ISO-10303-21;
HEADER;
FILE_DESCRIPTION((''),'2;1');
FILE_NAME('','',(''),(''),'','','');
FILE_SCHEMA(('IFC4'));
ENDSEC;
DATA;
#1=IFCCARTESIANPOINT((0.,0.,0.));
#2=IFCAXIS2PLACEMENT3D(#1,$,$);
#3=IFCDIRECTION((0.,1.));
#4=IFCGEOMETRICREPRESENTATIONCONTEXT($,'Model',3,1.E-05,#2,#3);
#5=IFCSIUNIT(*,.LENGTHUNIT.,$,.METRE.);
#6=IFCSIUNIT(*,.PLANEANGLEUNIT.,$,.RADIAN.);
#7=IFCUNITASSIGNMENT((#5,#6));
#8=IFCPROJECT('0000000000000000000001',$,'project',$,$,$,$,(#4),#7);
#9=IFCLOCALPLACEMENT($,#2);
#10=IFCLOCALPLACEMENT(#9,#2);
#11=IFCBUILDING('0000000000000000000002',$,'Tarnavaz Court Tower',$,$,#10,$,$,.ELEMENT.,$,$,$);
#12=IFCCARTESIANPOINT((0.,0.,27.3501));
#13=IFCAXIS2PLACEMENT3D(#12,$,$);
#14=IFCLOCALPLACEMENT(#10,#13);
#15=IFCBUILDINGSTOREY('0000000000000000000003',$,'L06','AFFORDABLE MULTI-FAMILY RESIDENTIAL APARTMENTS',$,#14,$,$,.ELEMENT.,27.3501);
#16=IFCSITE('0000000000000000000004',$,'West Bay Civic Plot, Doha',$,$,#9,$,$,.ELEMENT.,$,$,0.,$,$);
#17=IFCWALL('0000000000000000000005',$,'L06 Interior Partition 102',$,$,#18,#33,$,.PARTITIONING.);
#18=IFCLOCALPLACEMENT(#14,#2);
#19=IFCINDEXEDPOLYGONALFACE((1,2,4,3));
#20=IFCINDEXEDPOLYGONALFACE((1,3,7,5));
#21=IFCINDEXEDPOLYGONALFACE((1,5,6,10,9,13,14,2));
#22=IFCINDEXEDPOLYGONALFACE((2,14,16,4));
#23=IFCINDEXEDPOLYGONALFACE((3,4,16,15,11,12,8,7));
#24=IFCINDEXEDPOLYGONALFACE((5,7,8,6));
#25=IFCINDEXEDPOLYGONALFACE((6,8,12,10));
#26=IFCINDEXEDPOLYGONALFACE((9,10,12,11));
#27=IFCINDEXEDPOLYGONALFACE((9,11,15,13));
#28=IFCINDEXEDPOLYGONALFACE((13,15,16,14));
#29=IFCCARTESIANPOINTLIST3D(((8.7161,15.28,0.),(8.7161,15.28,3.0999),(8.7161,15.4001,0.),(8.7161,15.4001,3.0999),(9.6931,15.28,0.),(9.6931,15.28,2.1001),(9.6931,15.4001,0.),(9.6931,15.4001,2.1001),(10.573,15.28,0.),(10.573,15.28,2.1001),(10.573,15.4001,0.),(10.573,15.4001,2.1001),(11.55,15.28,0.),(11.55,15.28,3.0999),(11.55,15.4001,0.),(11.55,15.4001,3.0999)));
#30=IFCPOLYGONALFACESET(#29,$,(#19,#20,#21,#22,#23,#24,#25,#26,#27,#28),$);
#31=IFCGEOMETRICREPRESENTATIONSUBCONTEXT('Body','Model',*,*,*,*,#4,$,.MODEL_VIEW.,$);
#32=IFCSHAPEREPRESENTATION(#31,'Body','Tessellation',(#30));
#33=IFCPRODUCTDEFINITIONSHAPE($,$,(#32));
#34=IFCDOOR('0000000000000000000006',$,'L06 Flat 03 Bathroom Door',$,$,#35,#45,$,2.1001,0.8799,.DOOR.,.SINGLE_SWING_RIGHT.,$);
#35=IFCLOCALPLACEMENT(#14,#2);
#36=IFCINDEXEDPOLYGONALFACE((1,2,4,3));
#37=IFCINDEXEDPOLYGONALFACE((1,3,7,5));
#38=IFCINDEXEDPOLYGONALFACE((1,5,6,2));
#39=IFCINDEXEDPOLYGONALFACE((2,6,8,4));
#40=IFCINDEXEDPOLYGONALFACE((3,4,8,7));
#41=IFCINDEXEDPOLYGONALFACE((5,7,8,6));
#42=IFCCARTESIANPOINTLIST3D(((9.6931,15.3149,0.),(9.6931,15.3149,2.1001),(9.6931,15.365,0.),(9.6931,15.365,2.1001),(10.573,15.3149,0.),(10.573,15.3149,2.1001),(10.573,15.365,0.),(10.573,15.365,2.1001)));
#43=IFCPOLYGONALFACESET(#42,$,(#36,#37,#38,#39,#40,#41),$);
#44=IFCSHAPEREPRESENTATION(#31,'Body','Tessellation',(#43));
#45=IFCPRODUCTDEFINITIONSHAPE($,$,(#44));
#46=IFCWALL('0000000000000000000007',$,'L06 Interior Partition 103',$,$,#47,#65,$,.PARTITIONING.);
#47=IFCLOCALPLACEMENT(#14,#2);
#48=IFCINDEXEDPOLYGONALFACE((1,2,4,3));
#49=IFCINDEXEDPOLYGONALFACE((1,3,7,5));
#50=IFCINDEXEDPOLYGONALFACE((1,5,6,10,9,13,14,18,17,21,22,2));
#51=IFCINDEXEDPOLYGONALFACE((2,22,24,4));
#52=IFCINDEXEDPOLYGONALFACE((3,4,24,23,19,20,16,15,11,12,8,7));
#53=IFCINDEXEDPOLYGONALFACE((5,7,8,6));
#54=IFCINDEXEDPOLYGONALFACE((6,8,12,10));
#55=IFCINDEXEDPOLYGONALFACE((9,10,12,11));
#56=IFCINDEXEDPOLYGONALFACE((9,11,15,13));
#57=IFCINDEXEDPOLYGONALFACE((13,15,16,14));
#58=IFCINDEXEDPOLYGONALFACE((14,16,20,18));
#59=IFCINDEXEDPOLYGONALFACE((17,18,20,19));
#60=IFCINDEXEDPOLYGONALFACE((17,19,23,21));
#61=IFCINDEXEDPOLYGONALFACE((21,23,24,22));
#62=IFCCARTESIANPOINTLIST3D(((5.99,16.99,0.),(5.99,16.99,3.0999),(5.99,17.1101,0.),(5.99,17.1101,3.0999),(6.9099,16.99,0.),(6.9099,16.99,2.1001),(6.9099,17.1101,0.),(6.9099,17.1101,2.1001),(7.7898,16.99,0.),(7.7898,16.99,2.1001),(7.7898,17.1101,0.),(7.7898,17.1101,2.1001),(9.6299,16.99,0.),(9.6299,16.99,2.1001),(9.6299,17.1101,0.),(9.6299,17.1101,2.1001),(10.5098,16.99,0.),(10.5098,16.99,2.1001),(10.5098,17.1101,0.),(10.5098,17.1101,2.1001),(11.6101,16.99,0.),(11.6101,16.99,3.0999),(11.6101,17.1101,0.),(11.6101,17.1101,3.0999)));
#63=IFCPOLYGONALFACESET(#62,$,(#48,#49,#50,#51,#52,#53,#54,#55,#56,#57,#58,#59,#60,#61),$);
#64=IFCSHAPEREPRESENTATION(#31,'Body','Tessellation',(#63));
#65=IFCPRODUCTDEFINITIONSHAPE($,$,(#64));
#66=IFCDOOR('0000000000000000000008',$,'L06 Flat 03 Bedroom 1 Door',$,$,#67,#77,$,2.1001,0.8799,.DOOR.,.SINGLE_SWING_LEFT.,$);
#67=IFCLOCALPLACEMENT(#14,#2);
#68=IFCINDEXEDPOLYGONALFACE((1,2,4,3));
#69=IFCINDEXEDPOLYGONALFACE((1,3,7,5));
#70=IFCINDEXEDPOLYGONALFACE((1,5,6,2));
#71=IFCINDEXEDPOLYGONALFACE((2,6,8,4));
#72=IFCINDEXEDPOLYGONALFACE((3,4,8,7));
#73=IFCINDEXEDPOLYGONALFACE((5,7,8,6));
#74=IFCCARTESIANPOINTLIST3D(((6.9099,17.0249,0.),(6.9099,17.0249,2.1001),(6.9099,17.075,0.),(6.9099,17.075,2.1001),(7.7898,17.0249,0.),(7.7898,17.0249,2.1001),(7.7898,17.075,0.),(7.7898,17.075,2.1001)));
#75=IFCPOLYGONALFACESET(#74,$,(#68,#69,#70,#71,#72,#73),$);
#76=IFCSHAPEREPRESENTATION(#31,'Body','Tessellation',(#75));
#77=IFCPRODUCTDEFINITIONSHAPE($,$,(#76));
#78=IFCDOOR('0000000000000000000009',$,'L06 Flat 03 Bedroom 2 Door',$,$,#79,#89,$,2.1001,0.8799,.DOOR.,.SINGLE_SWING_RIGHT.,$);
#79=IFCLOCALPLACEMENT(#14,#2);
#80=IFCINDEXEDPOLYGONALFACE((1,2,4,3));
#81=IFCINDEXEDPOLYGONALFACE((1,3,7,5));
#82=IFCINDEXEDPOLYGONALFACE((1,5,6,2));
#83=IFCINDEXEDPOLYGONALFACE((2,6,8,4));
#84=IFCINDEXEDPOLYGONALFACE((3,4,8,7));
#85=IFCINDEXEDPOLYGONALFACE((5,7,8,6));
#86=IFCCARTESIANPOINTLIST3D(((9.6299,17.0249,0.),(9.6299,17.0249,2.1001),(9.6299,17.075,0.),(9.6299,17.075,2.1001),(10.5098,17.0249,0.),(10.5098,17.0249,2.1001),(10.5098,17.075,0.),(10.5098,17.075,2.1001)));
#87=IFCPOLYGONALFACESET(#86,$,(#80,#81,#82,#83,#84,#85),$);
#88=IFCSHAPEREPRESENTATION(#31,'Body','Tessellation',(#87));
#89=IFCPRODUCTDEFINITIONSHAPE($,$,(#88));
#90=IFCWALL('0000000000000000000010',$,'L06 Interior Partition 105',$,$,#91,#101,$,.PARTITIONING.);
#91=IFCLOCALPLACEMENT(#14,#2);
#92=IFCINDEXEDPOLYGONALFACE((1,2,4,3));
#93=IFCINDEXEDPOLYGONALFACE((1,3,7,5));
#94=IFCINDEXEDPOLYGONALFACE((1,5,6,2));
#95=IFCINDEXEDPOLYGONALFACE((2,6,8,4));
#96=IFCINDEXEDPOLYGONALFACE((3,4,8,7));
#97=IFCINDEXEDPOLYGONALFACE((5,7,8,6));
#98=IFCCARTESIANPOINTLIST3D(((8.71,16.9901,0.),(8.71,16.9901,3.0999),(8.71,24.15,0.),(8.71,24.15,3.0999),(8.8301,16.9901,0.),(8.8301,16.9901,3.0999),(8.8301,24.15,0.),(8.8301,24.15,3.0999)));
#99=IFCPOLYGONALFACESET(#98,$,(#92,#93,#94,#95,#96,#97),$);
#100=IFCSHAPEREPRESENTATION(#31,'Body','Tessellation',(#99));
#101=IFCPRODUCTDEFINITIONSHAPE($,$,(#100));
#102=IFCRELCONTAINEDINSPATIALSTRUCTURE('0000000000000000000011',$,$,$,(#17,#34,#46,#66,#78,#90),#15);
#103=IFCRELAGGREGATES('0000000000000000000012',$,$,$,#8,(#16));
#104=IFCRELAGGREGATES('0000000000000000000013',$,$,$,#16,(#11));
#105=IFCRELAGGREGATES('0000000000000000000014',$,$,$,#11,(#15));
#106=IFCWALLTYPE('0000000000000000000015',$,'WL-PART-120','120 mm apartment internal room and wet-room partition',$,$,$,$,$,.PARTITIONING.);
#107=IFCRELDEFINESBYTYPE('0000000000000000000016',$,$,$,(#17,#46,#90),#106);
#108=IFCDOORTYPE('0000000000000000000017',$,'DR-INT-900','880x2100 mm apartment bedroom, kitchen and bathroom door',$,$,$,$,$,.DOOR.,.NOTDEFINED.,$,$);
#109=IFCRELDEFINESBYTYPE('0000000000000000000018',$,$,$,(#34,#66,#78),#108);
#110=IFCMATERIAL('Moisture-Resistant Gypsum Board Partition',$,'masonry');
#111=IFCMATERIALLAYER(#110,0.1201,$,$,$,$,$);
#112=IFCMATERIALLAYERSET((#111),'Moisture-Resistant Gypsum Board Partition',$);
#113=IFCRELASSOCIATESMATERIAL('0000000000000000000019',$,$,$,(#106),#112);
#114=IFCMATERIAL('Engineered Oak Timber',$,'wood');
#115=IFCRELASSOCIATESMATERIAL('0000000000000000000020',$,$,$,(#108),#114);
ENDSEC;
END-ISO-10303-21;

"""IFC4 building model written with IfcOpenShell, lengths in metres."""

from ifc_helpers import new_model, si_unit, direction, frame, frame_2d, origin, place, context, subcontext, project, spatial, rectangle, extrude, material, layer, layer_set, type_object, element, fill, save


model = new_model("IFC4")

# Units and contexts
model_context = context("Model", 3, precision=1e-05, world=origin(), true_north=direction((0.0, 1.0)))
body_context = subcontext(model_context, "Body", "Model", "MODEL_VIEW")
ifc_project = project(units=[si_unit("LENGTHUNIT", "METRE"), si_unit("PLANEANGLEUNIT", "RADIAN")], contexts=[model_context])

# Site, building, storey
site_placement = place(None, origin())
site = spatial("IfcSite", under=ifc_project, at=site_placement, Name="West Bay Civic Plot, Doha", CompositionType="ELEMENT", RefElevation=0.0)
building_placement = place(site_placement, origin())
building = spatial("IfcBuilding", under=site, at=building_placement, Name="Tarnavaz Court Tower", CompositionType="ELEMENT")
storey_placement = place(building_placement, frame((0.0, 0.0, 27.3501)))
storey = spatial("IfcBuildingStorey", under=building, at=storey_placement, Name="L06", Description="AFFORDABLE MULTI-FAMILY RESIDENTIAL APARTMENTS", CompositionType="ELEMENT", Elevation=27.3501)

# Wall, opening, door
ifc_material_1 = material(Name="Moisture-Resistant Gypsum Board Partition", Category="masonry")
ifc_layer_1 = layer(ifc_material_1, 0.1201)
ifc_layer_set_1 = layer_set([ifc_layer_1], Name="Moisture-Resistant Gypsum Board Partition")
wall_type_1 = type_object("IfcWallType", Name="WL-PART-120", Description="120 mm apartment internal room and wet-room partition", PredefinedType="PARTITIONING", material=ifc_layer_set_1)
ifc_material_2 = material(Name="Engineered Oak Timber", Category="wood")
door_type = type_object("IfcDoorType", Name="DR-INT-900", Description="880x2100 mm apartment bedroom, kitchen and bathroom door", OperationType="NOTDEFINED", PredefinedType="DOOR", material=ifc_material_2)
wall_1_placement = place(storey_placement, frame((8.7161, 15.3401, 0.0), z_axis=(0.0, 0.0, 1.0), x_axis=(1.0, 0.0, 0.0)))
wall_1 = element("IfcWall", 1, at=wall_1_placement, inside=storey, type_object=wall_type_1, Name="L06 Interior Partition 102", PredefinedType="PARTITIONING", context=body_context, shape_type="SweptSolid", body=[
    extrude(rectangle(XDim=2.834, YDim=0.1201, at=frame_2d((1.417, 0.0))), origin(), (0.0, 0.0, 1.0), 3.0999),
])
opening_1_placement = place(wall_1_placement, frame((0.9771, 0.0, 0.0)))
opening_1 = element("IfcOpeningElement", 2, at=opening_1_placement, cuts=wall_1, PredefinedType="OPENING", context=body_context, shape_type="SweptSolid", body=[
    extrude(rectangle(XDim=0.8799, YDim=2.1001, at=frame_2d((0.4399, 1.05))), frame((0.0, 0.0701, 0.0), z_axis=(0.0, -1.0, 0.0), x_axis=(1.0, 0.0, 0.0)), (0.0, 0.0, 1.0), 0.1401),
])
door_1_placement = place(opening_1_placement, origin())
door_1 = element("IfcDoor", 3, at=door_1_placement, inside=storey, type_object=door_type, Name="L06 Flat 03 Bathroom Door", OperationType="SINGLE_SWING_RIGHT", OverallHeight=2.1001, OverallWidth=0.8799, PredefinedType="DOOR", context=body_context, shape_type="SweptSolid", body=[
    extrude(rectangle(XDim=0.8799, YDim=2.1001, at=frame_2d((0.4399, 1.05))), frame((0.0, 0.0249, 0.0), z_axis=(0.0, -1.0, 0.0), x_axis=(1.0, 0.0, 0.0)), (0.0, 0.0, 1.0), 0.05),
])
fill(opening_1, door_1)

# Wall, openings, doors
wall_2_placement = place(storey_placement, frame((5.99, 17.05, 0.0), z_axis=(0.0, 0.0, 1.0), x_axis=(1.0, 0.0, 0.0)))
wall_2 = element("IfcWall", 4, at=wall_2_placement, inside=storey, type_object=wall_type_1, Name="L06 Interior Partition 103", PredefinedType="PARTITIONING", context=body_context, shape_type="SweptSolid", body=[
    extrude(rectangle(XDim=5.6201, YDim=0.1201, at=frame_2d((2.8101, 0.0))), origin(), (0.0, 0.0, 1.0), 3.0999),
])
opening_2_placement = place(wall_2_placement, frame((0.9199, 0.0, 0.0)))
opening_2 = element("IfcOpeningElement", 5, at=opening_2_placement, cuts=wall_2, PredefinedType="OPENING", context=body_context, shape_type="SweptSolid", body=[
    extrude(rectangle(XDim=0.8799, YDim=2.1001, at=frame_2d((0.4399, 1.05))), frame((0.0, 0.0701, 0.0), z_axis=(0.0, -1.0, 0.0), x_axis=(1.0, 0.0, 0.0)), (0.0, 0.0, 1.0), 0.1401),
])
opening_3_placement = place(wall_2_placement, frame((3.6399, 0.0, 0.0)))
opening_3 = element("IfcOpeningElement", 6, at=opening_3_placement, cuts=wall_2, PredefinedType="OPENING", context=body_context, shape_type="SweptSolid", body=[
    extrude(rectangle(XDim=0.8799, YDim=2.1001, at=frame_2d((0.4399, 1.05))), frame((0.0, 0.0701, 0.0), z_axis=(0.0, -1.0, 0.0), x_axis=(1.0, 0.0, 0.0)), (0.0, 0.0, 1.0), 0.1401),
])
door_2_placement = place(opening_2_placement, origin())
door_2 = element("IfcDoor", 7, at=door_2_placement, inside=storey, type_object=door_type, Name="L06 Flat 03 Bedroom 1 Door", OperationType="SINGLE_SWING_LEFT", OverallHeight=2.1001, OverallWidth=0.8799, PredefinedType="DOOR", context=body_context, shape_type="SweptSolid", body=[
    extrude(rectangle(XDim=0.8799, YDim=2.1001, at=frame_2d((0.4399, 1.05))), frame((0.0, 0.0249, 0.0), z_axis=(0.0, -1.0, 0.0), x_axis=(1.0, 0.0, 0.0)), (0.0, 0.0, 1.0), 0.05),
])
fill(opening_2, door_2)
door_3_placement = place(opening_3_placement, origin())
door_3 = element("IfcDoor", 8, at=door_3_placement, inside=storey, type_object=door_type, Name="L06 Flat 03 Bedroom 2 Door", OperationType="SINGLE_SWING_RIGHT", OverallHeight=2.1001, OverallWidth=0.8799, PredefinedType="DOOR", context=body_context, shape_type="SweptSolid", body=[
    extrude(rectangle(XDim=0.8799, YDim=2.1001, at=frame_2d((0.4399, 1.05))), frame((0.0, 0.0249, 0.0), z_axis=(0.0, -1.0, 0.0), x_axis=(1.0, 0.0, 0.0)), (0.0, 0.0, 1.0), 0.05),
])
fill(opening_3, door_3)

# Wall
wall_3_placement = place(storey_placement, frame((8.77, 16.99, 0.0), z_axis=(0.0, 0.0, 1.0), x_axis=(0.0, 1.0, 0.0)))
element("IfcWall", 9, at=wall_3_placement, inside=storey, type_object=wall_type_1, Name="L06 Interior Partition 105", PredefinedType="PARTITIONING", context=body_context, shape_type="SweptSolid", body=[
    extrude(rectangle(XDim=7.1599, YDim=0.1201, at=frame_2d((3.5801, 0.0))), origin(), (0.0, 0.0, 1.0), 3.0999),
])

save(model, "model.ifc")
